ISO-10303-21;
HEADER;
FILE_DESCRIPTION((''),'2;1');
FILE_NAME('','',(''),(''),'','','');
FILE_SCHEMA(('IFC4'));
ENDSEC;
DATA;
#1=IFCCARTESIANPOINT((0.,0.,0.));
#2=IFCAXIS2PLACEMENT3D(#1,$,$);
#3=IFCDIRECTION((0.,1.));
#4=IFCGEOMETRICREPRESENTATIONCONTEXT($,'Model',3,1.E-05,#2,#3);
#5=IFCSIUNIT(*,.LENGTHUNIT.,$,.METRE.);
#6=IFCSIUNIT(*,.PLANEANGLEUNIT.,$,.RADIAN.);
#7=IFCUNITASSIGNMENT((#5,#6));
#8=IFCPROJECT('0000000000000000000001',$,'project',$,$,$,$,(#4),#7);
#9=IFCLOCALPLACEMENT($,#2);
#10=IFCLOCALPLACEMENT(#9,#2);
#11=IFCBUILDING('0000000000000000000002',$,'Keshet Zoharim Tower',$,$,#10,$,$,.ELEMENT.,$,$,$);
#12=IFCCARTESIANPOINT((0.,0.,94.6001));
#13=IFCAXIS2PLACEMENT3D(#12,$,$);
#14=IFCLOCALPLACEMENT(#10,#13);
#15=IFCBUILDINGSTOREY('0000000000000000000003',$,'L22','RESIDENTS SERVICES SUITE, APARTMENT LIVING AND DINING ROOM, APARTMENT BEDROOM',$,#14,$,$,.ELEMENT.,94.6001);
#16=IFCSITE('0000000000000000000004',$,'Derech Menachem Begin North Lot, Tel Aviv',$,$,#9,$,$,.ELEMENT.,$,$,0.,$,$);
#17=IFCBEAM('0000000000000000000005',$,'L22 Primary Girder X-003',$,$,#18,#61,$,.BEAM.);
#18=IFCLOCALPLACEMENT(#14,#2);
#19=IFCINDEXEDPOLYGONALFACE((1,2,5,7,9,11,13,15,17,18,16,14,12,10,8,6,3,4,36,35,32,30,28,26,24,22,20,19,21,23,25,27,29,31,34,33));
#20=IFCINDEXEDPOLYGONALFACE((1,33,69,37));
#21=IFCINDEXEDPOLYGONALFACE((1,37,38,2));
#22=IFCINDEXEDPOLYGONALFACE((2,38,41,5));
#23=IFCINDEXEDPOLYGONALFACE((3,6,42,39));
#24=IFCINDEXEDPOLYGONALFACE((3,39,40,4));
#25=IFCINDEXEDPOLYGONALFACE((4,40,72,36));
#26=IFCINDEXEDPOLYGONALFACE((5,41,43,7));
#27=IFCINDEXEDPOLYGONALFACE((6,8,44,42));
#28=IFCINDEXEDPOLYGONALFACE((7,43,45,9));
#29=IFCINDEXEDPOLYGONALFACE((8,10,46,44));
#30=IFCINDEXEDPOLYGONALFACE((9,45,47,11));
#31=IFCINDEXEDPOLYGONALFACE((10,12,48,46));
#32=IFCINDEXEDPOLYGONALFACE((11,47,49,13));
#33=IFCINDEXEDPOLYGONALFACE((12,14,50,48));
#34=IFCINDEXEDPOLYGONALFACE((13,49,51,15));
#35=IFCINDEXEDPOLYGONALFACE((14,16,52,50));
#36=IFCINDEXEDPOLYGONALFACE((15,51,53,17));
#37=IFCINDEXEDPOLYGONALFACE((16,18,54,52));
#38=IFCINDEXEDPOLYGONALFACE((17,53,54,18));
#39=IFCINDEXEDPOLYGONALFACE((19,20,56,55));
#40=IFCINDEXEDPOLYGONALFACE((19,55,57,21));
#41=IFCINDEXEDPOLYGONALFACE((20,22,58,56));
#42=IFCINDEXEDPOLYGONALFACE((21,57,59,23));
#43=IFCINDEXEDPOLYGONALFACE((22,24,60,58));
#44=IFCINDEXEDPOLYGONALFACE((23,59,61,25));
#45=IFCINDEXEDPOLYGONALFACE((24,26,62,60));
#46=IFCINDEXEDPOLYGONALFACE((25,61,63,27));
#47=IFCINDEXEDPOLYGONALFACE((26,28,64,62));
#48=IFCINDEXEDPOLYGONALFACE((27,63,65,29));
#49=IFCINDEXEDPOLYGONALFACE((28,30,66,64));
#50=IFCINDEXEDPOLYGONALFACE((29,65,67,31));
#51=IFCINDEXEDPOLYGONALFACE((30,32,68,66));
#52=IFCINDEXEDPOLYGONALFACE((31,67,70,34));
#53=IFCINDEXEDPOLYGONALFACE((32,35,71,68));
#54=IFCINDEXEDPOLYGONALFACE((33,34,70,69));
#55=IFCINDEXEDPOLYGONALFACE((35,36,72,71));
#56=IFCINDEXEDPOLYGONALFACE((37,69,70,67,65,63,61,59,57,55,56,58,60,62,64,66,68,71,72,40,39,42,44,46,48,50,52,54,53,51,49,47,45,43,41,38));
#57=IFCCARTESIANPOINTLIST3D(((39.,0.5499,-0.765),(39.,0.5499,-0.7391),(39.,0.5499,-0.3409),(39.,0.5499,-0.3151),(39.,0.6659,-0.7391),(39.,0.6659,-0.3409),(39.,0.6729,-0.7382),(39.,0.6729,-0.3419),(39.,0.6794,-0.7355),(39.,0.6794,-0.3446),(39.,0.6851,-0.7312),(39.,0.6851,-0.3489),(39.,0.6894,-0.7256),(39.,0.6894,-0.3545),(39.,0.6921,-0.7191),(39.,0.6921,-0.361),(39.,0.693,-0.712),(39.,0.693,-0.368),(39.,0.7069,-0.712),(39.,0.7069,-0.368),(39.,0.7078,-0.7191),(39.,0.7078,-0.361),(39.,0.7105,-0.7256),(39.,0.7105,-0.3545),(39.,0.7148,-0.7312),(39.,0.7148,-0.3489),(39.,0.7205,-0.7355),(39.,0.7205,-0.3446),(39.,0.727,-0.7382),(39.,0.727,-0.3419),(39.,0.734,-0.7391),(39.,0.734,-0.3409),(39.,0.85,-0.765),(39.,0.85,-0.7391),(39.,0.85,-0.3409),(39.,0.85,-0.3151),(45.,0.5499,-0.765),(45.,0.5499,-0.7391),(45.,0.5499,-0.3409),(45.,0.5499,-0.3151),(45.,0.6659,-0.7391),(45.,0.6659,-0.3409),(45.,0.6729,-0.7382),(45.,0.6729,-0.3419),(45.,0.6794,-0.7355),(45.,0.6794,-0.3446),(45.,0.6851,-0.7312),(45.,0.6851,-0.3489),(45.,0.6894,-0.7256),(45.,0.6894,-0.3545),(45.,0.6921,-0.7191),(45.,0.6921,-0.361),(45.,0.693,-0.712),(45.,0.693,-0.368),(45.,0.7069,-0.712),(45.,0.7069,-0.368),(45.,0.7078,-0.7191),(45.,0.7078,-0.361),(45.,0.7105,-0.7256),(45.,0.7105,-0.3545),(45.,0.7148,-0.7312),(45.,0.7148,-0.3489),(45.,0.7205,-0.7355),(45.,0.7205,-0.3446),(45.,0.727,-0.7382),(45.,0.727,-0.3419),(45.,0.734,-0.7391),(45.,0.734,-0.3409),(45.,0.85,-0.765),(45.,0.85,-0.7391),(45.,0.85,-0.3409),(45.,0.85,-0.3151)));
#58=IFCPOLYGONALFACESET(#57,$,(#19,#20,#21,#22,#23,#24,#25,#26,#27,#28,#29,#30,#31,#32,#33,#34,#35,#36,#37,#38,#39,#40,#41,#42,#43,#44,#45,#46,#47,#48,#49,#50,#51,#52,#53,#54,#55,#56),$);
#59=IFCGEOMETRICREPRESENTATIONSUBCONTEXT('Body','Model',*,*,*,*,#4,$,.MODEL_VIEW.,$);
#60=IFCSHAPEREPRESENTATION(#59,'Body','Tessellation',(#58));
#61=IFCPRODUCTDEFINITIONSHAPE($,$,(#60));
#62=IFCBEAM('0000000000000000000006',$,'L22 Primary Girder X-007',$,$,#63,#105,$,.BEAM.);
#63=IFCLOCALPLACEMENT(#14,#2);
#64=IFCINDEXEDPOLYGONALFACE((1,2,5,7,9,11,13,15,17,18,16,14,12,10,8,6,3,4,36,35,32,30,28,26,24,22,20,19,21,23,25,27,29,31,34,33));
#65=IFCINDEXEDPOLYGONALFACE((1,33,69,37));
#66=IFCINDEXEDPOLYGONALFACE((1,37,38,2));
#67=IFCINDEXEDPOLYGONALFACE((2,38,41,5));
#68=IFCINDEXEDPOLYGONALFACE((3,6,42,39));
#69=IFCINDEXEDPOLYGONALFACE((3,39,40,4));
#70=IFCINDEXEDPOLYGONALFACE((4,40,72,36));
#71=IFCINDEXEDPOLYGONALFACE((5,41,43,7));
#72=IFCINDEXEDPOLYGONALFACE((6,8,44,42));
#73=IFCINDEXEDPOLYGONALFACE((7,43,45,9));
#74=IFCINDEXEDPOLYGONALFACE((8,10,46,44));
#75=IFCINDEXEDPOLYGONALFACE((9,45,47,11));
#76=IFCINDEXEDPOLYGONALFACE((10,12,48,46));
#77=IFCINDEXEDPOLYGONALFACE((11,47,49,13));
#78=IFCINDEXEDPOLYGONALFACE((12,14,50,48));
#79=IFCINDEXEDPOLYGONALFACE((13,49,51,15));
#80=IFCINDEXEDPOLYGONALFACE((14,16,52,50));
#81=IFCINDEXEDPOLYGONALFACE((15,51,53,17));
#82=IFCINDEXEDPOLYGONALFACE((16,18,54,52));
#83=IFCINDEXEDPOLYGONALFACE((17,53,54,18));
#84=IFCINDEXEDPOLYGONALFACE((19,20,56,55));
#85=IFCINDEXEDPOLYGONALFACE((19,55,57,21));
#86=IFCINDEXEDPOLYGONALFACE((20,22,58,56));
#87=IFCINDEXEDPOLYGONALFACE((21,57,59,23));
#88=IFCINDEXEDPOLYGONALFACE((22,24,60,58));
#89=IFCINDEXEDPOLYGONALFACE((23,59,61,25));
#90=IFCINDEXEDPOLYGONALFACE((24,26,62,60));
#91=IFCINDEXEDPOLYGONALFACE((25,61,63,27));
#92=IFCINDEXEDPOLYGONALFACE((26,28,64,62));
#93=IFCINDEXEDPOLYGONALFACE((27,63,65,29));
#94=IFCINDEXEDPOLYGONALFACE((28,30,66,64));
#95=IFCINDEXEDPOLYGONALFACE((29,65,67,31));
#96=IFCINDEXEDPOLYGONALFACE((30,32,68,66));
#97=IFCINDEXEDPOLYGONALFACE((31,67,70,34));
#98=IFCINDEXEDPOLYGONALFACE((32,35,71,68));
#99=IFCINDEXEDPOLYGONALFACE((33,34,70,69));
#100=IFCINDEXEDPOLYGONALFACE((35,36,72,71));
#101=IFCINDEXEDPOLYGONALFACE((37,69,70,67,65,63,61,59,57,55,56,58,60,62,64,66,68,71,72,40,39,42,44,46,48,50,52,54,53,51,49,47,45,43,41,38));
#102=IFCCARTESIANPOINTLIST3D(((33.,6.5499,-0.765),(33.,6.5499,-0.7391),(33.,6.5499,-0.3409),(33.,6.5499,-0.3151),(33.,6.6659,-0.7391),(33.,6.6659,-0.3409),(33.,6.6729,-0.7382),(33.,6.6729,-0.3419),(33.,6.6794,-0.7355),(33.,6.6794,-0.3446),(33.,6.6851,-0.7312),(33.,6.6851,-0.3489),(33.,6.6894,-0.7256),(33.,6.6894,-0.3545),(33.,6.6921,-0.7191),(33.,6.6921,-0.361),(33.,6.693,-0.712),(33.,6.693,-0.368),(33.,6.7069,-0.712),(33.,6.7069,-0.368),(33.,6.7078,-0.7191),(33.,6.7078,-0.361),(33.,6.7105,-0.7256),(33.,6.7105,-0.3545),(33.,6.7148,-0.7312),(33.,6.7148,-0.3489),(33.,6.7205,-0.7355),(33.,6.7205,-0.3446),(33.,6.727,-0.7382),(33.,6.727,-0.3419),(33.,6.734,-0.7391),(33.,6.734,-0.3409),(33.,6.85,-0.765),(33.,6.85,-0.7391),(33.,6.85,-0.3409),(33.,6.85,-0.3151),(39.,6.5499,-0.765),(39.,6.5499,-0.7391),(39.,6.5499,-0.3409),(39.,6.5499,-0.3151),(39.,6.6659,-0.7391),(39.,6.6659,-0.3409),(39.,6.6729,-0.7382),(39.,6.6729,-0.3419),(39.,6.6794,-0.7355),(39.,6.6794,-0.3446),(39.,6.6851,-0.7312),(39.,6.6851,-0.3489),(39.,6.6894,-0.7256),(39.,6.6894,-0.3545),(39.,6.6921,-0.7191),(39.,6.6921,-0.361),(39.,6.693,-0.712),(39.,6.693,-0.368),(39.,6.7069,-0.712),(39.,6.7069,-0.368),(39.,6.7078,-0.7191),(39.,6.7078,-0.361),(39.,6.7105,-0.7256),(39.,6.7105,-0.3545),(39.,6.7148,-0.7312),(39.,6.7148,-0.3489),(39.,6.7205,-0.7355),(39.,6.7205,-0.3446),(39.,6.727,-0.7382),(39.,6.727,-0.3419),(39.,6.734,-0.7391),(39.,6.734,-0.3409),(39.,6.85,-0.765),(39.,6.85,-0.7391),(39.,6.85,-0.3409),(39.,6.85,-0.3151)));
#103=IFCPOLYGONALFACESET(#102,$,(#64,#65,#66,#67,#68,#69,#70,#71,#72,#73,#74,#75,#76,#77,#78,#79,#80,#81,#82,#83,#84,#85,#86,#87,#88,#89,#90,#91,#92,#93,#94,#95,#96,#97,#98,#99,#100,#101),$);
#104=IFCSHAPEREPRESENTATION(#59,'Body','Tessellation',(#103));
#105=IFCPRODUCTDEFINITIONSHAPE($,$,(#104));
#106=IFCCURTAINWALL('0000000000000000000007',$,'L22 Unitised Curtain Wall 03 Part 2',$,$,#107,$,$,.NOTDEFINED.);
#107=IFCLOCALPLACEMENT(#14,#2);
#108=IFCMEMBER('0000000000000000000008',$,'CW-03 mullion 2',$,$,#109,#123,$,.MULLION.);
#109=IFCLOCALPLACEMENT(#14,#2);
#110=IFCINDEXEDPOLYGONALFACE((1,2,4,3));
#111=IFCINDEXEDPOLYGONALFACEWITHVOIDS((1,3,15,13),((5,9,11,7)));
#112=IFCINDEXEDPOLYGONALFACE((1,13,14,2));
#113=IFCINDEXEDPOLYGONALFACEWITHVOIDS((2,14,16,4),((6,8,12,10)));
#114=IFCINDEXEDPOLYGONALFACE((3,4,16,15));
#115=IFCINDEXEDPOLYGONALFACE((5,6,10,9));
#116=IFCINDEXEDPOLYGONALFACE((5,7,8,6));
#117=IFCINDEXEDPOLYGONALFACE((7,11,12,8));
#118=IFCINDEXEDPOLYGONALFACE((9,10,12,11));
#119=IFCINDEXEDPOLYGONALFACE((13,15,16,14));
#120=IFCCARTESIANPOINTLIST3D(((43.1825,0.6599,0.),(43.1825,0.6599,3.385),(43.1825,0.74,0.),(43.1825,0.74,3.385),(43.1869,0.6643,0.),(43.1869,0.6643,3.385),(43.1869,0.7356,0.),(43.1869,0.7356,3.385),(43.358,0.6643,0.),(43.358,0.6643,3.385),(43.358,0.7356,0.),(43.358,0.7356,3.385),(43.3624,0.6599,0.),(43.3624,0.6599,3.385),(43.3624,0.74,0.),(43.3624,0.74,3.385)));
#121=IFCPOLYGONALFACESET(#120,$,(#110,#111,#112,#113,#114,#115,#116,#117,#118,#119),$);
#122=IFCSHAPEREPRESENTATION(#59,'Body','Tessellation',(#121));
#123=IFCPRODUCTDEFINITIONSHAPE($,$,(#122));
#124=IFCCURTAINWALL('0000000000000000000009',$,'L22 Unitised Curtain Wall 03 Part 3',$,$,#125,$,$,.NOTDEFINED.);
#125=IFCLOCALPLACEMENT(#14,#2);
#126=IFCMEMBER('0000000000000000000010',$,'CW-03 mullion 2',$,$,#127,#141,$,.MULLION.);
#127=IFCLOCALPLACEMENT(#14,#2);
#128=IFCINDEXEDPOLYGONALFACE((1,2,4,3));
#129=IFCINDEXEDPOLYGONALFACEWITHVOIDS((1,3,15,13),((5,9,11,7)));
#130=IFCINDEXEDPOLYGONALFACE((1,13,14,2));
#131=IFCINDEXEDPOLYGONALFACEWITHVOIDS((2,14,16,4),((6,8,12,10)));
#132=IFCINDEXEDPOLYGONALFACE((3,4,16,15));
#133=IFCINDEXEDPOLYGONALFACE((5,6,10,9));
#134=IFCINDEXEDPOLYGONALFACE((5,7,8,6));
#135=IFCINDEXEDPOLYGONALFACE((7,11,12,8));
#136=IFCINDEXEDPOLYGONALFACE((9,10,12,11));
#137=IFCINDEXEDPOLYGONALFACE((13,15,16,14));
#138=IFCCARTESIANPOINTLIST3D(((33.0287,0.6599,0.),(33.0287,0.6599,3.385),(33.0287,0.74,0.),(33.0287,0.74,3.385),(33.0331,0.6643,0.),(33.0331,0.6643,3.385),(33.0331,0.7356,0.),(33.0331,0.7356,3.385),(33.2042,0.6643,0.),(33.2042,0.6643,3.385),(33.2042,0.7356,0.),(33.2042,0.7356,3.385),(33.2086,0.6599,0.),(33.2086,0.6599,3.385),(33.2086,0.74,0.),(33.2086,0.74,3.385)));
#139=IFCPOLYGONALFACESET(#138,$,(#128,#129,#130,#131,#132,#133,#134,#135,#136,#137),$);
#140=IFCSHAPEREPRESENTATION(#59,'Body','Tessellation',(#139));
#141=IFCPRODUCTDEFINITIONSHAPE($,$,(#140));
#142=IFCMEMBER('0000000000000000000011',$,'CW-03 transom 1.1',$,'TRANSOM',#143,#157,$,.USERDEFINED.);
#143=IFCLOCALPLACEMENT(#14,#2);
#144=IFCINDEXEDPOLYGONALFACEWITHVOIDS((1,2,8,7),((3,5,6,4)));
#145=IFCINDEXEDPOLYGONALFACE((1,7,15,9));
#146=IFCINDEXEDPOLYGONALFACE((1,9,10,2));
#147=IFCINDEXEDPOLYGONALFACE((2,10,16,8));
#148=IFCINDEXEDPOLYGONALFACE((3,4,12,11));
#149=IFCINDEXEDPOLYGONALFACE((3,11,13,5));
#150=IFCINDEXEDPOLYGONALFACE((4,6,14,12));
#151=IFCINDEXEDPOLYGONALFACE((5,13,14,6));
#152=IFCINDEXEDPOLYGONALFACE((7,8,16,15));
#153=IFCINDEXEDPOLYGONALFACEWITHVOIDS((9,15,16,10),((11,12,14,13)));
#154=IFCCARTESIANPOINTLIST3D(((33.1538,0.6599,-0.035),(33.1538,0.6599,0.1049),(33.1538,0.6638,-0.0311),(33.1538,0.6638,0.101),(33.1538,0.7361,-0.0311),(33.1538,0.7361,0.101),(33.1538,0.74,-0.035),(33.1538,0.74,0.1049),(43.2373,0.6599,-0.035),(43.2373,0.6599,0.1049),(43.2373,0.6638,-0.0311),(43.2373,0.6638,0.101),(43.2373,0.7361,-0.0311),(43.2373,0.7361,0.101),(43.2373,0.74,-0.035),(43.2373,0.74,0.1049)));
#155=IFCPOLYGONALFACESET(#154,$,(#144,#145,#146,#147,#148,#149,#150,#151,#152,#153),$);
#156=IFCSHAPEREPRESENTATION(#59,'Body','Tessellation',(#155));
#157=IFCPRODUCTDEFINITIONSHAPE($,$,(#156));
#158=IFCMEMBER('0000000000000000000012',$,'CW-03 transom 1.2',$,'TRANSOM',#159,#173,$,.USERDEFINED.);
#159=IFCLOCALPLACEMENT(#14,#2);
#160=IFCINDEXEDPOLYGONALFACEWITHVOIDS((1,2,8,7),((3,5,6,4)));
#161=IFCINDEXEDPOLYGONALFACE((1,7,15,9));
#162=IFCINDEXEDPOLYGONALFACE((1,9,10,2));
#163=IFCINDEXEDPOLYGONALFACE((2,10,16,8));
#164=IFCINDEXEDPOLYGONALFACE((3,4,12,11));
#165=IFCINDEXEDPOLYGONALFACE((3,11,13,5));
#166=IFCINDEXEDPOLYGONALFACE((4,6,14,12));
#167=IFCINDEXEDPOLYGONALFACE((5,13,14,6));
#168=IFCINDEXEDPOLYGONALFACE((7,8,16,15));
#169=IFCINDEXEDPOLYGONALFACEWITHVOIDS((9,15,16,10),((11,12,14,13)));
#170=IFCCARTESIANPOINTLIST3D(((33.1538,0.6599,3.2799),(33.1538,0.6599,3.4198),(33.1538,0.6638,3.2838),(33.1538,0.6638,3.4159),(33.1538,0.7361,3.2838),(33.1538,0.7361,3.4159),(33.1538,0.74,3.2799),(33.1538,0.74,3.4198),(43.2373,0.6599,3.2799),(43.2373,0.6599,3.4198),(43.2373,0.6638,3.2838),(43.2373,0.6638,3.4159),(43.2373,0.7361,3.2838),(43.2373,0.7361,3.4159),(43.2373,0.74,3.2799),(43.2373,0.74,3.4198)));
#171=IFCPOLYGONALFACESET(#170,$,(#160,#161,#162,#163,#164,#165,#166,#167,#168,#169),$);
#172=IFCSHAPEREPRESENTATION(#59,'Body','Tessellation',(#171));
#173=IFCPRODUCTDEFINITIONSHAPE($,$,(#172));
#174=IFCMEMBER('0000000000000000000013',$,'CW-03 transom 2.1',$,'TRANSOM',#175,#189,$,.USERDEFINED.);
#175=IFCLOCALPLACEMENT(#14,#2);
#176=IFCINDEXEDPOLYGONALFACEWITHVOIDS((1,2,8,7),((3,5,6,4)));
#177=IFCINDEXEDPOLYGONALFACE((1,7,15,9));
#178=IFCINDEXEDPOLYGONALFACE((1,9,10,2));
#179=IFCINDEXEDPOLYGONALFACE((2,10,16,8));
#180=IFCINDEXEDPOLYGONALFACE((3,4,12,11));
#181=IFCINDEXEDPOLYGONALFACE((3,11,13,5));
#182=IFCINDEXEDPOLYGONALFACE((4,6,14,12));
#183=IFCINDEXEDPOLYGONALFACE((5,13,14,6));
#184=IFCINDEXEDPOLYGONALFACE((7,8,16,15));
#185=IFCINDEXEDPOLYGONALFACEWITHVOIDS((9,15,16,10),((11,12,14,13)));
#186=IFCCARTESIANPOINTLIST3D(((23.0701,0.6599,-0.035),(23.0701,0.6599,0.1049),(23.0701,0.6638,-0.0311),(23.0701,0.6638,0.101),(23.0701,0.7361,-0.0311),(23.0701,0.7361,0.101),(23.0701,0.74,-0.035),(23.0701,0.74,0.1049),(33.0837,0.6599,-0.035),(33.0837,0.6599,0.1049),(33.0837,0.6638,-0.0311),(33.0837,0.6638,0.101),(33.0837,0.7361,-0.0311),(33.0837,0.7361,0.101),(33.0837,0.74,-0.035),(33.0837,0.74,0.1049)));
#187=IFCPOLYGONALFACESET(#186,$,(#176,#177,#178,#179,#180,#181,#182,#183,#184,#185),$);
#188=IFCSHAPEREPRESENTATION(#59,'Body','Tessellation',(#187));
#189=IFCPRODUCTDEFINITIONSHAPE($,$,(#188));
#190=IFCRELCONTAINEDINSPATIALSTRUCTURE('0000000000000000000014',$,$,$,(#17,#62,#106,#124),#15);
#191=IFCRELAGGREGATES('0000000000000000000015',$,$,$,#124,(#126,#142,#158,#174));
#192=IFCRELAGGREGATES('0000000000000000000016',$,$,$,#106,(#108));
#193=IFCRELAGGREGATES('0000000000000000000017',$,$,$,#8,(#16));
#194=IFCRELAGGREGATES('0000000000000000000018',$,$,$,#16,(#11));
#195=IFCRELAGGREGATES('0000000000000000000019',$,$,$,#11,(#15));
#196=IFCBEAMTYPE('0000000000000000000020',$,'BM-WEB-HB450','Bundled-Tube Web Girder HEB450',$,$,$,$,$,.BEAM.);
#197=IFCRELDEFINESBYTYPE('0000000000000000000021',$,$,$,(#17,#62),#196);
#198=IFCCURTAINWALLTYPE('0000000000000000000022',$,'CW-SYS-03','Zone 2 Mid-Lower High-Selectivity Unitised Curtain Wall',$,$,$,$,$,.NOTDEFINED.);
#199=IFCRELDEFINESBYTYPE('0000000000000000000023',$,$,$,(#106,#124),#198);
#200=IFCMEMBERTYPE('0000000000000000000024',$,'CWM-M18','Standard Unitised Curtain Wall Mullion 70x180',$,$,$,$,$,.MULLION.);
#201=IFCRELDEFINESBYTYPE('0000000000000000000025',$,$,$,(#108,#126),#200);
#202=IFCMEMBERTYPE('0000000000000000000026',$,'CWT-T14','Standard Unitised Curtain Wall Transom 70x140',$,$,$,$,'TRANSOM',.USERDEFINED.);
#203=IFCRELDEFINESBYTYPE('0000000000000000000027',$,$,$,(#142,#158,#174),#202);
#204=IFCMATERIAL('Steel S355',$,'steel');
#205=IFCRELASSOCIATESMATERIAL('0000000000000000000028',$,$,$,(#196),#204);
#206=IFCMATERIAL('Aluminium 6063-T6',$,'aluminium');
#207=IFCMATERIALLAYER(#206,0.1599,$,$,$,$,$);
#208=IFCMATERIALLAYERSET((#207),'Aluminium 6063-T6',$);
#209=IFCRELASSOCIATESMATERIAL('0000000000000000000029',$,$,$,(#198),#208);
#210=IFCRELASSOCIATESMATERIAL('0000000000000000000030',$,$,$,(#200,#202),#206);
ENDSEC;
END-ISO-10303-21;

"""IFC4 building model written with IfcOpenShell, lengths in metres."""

from ifc_helpers import new_model, si_unit, direction, frame, origin, origin_2d, place, context, subcontext, project, spatial, hollow_rectangle, i_section, extrude, material, layer, layer_set, material_profile, profile_set, type_object, element, aggregate, save


model = new_model("IFC4")

# Units and contexts
model_context = context("Model", 3, precision=1e-05, world=origin(), true_north=direction((0.0, 1.0)))
body_context = subcontext(model_context, "Body", "Model", "MODEL_VIEW")
ifc_project = project(units=[si_unit("LENGTHUNIT", "METRE"), si_unit("PLANEANGLEUNIT", "RADIAN")], contexts=[model_context])

# Site, building, storey
site_placement = place(None, origin())
site = spatial("IfcSite", under=ifc_project, at=site_placement, Name="Derech Menachem Begin North Lot, Tel Aviv", CompositionType="ELEMENT", RefElevation=0.0)
building_placement = place(site_placement, origin())
building = spatial("IfcBuilding", under=site, at=building_placement, Name="Keshet Zoharim Tower", CompositionType="ELEMENT")
storey_placement = place(building_placement, frame((0.0, 0.0, 94.6001)))
storey = spatial("IfcBuildingStorey", under=building, at=storey_placement, Name="L22", Description="RESIDENTS SERVICES SUITE, APARTMENT LIVING AND DINING ROOM, APARTMENT BEDROOM", CompositionType="ELEMENT", Elevation=94.6001)

# Shared definitions
ifc_material_1 = material(Name="Steel S355", Category="steel")

# Beams
ifc_material_profile_1 = material_profile(ifc_material_1, i_section(OverallWidth=0.3, OverallDepth=0.45, WebThickness=0.0139, FlangeThickness=0.0259, FilletRadius=0.0271, at=origin_2d()), Name="HEB450")
ifc_profile_set_1 = profile_set([ifc_material_profile_1], Name="Steel S355")
beam_type_1 = type_object("IfcBeamType", Name="BM-WEB-HB450", Description="Bundled-Tube Web Girder HEB450", PredefinedType="BEAM", material=ifc_profile_set_1)
for number, where, z_axis, x_axis, name in (
    (1, (39.0, 0.7, -0.54), (1.0, 0.0, 0.0), (0.0, 1.0, 0.0), "L22 Primary Girder X-003"),
    (2, (33.0, 6.7, -0.54), (1.0, 0.0, 0.0), (0.0, 1.0, 0.0), "L22 Primary Girder X-007"),
):
    element("IfcBeam", number, at=place(storey_placement, frame(where, z_axis=z_axis, x_axis=x_axis)), inside=storey, type_object=beam_type_1, Name=name, PredefinedType="BEAM", context=body_context, shape_type="SweptSolid", body=[
        extrude(i_section(OverallWidth=0.3, OverallDepth=0.45, WebThickness=0.0139, FlangeThickness=0.0259, FilletRadius=0.0271, at=origin_2d()), origin(), (0.0, 0.0, 1.0), 6.0),
    ])

# Curtain wall, member
ifc_material_2 = material(Name="Aluminium 6063-T6", Category="aluminium")
ifc_layer_1 = layer(ifc_material_2, 0.1599)
ifc_layer_set_1 = layer_set([ifc_layer_1], Name="Aluminium 6063-T6")
curtain_wall_type = type_object("IfcCurtainWallType", Name="CW-SYS-03", Description="Zone 2 Mid-Lower High-Selectivity Unitised Curtain Wall", PredefinedType="NOTDEFINED", material=ifc_layer_set_1)
curtain_wall_1_placement = place(storey_placement, origin())
curtain_wall_1 = element("IfcCurtainWall", 3, at=curtain_wall_1_placement, inside=storey, type_object=curtain_wall_type, Name="L22 Unitised Curtain Wall 03 Part 2", PredefinedType="NOTDEFINED")
ifc_material_profile_2 = material_profile(ifc_material_2, hollow_rectangle(XDim=0.0801, YDim=0.1799, WallThickness=0.0044, at=origin_2d()), Name="MUL-80x180")
ifc_profile_set_2 = profile_set([ifc_material_profile_2], Name="Aluminium 6063-T6")
member_type_1 = type_object("IfcMemberType", Name="CWM-M18", Description="Standard Unitised Curtain Wall Mullion 70x180", PredefinedType="MULLION", material=ifc_profile_set_2)
member_1_placement = place(storey_placement, frame((43.2725, 0.7, 0.0), z_axis=(0.0, 0.0, 1.0), x_axis=(0.0, -1.0, 0.0)))
member_1 = element("IfcMember", 4, at=member_1_placement, type_object=member_type_1, Name="CW-03 mullion 2", PredefinedType="MULLION", context=body_context, shape_type="SweptSolid", body=[
    extrude(hollow_rectangle(XDim=0.0801, YDim=0.1799, WallThickness=0.0044, at=origin_2d()), origin(), (0.0, 0.0, 1.0), 3.385),
])

# Curtain wall, members
curtain_wall_2_placement = place(storey_placement, origin())
curtain_wall_2 = element("IfcCurtainWall", 5, at=curtain_wall_2_placement, inside=storey, type_object=curtain_wall_type, Name="L22 Unitised Curtain Wall 03 Part 3", PredefinedType="NOTDEFINED")
member_2_placement = place(storey_placement, frame((33.1187, 0.7, 0.0), z_axis=(0.0, 0.0, 1.0), x_axis=(0.0, -1.0, 0.0)))
member_2 = element("IfcMember", 6, at=member_2_placement, type_object=member_type_1, Name="CW-03 mullion 2", PredefinedType="MULLION", context=body_context, shape_type="SweptSolid", body=[
    extrude(hollow_rectangle(XDim=0.0801, YDim=0.1799, WallThickness=0.0044, at=origin_2d()), origin(), (0.0, 0.0, 1.0), 3.385),
])
ifc_material_profile_3 = material_profile(ifc_material_2, hollow_rectangle(XDim=0.0801, YDim=0.1399, WallThickness=0.0039, at=origin_2d()), Name="TRN-80x140")
ifc_profile_set_3 = profile_set([ifc_material_profile_3], Name="Aluminium 6063-T6")
member_type_2 = type_object("IfcMemberType", Name="CWT-T14", Description="Standard Unitised Curtain Wall Transom 70x140", ElementType="TRANSOM", PredefinedType="USERDEFINED", material=ifc_profile_set_3)
member_3_placement = place(storey_placement, frame((43.2373, 0.7, 0.0349), z_axis=(-1.0, 0.0, 0.0), x_axis=(0.0, -1.0, 0.0)))
member_3 = element("IfcMember", 7, at=member_3_placement, type_object=member_type_2, Name="CW-03 transom 1.1", ObjectType="TRANSOM", PredefinedType="USERDEFINED", context=body_context, shape_type="SweptSolid", body=[
    extrude(hollow_rectangle(XDim=0.0801, YDim=0.1399, WallThickness=0.0039, at=origin_2d()), origin(), (0.0, 0.0, 1.0), 10.0835),
])
member_4_placement = place(storey_placement, frame((43.2373, 0.7, 3.3499), z_axis=(-1.0, 0.0, 0.0), x_axis=(0.0, -1.0, 0.0)))
member_4 = element("IfcMember", 8, at=member_4_placement, type_object=member_type_2, Name="CW-03 transom 1.2", ObjectType="TRANSOM", PredefinedType="USERDEFINED", context=body_context, shape_type="SweptSolid", body=[
    extrude(hollow_rectangle(XDim=0.0801, YDim=0.1399, WallThickness=0.0039, at=origin_2d()), origin(), (0.0, 0.0, 1.0), 10.0835),
])
member_5_placement = place(storey_placement, frame((33.0837, 0.7, 0.0349), z_axis=(-1.0, 0.0, 0.0), x_axis=(0.0, -1.0, 0.0)))
member_5 = element("IfcMember", 9, at=member_5_placement, type_object=member_type_2, Name="CW-03 transom 2.1", ObjectType="TRANSOM", PredefinedType="USERDEFINED", context=body_context, shape_type="SweptSolid", body=[
    extrude(hollow_rectangle(XDim=0.0801, YDim=0.1399, WallThickness=0.0039, at=origin_2d()), origin(), (0.0, 0.0, 1.0), 10.0137),
])
aggregate(curtain_wall_2, [member_2, member_3, member_4, member_5])

aggregate(curtain_wall_1, [member_1])

save(model, "model.ifc")
